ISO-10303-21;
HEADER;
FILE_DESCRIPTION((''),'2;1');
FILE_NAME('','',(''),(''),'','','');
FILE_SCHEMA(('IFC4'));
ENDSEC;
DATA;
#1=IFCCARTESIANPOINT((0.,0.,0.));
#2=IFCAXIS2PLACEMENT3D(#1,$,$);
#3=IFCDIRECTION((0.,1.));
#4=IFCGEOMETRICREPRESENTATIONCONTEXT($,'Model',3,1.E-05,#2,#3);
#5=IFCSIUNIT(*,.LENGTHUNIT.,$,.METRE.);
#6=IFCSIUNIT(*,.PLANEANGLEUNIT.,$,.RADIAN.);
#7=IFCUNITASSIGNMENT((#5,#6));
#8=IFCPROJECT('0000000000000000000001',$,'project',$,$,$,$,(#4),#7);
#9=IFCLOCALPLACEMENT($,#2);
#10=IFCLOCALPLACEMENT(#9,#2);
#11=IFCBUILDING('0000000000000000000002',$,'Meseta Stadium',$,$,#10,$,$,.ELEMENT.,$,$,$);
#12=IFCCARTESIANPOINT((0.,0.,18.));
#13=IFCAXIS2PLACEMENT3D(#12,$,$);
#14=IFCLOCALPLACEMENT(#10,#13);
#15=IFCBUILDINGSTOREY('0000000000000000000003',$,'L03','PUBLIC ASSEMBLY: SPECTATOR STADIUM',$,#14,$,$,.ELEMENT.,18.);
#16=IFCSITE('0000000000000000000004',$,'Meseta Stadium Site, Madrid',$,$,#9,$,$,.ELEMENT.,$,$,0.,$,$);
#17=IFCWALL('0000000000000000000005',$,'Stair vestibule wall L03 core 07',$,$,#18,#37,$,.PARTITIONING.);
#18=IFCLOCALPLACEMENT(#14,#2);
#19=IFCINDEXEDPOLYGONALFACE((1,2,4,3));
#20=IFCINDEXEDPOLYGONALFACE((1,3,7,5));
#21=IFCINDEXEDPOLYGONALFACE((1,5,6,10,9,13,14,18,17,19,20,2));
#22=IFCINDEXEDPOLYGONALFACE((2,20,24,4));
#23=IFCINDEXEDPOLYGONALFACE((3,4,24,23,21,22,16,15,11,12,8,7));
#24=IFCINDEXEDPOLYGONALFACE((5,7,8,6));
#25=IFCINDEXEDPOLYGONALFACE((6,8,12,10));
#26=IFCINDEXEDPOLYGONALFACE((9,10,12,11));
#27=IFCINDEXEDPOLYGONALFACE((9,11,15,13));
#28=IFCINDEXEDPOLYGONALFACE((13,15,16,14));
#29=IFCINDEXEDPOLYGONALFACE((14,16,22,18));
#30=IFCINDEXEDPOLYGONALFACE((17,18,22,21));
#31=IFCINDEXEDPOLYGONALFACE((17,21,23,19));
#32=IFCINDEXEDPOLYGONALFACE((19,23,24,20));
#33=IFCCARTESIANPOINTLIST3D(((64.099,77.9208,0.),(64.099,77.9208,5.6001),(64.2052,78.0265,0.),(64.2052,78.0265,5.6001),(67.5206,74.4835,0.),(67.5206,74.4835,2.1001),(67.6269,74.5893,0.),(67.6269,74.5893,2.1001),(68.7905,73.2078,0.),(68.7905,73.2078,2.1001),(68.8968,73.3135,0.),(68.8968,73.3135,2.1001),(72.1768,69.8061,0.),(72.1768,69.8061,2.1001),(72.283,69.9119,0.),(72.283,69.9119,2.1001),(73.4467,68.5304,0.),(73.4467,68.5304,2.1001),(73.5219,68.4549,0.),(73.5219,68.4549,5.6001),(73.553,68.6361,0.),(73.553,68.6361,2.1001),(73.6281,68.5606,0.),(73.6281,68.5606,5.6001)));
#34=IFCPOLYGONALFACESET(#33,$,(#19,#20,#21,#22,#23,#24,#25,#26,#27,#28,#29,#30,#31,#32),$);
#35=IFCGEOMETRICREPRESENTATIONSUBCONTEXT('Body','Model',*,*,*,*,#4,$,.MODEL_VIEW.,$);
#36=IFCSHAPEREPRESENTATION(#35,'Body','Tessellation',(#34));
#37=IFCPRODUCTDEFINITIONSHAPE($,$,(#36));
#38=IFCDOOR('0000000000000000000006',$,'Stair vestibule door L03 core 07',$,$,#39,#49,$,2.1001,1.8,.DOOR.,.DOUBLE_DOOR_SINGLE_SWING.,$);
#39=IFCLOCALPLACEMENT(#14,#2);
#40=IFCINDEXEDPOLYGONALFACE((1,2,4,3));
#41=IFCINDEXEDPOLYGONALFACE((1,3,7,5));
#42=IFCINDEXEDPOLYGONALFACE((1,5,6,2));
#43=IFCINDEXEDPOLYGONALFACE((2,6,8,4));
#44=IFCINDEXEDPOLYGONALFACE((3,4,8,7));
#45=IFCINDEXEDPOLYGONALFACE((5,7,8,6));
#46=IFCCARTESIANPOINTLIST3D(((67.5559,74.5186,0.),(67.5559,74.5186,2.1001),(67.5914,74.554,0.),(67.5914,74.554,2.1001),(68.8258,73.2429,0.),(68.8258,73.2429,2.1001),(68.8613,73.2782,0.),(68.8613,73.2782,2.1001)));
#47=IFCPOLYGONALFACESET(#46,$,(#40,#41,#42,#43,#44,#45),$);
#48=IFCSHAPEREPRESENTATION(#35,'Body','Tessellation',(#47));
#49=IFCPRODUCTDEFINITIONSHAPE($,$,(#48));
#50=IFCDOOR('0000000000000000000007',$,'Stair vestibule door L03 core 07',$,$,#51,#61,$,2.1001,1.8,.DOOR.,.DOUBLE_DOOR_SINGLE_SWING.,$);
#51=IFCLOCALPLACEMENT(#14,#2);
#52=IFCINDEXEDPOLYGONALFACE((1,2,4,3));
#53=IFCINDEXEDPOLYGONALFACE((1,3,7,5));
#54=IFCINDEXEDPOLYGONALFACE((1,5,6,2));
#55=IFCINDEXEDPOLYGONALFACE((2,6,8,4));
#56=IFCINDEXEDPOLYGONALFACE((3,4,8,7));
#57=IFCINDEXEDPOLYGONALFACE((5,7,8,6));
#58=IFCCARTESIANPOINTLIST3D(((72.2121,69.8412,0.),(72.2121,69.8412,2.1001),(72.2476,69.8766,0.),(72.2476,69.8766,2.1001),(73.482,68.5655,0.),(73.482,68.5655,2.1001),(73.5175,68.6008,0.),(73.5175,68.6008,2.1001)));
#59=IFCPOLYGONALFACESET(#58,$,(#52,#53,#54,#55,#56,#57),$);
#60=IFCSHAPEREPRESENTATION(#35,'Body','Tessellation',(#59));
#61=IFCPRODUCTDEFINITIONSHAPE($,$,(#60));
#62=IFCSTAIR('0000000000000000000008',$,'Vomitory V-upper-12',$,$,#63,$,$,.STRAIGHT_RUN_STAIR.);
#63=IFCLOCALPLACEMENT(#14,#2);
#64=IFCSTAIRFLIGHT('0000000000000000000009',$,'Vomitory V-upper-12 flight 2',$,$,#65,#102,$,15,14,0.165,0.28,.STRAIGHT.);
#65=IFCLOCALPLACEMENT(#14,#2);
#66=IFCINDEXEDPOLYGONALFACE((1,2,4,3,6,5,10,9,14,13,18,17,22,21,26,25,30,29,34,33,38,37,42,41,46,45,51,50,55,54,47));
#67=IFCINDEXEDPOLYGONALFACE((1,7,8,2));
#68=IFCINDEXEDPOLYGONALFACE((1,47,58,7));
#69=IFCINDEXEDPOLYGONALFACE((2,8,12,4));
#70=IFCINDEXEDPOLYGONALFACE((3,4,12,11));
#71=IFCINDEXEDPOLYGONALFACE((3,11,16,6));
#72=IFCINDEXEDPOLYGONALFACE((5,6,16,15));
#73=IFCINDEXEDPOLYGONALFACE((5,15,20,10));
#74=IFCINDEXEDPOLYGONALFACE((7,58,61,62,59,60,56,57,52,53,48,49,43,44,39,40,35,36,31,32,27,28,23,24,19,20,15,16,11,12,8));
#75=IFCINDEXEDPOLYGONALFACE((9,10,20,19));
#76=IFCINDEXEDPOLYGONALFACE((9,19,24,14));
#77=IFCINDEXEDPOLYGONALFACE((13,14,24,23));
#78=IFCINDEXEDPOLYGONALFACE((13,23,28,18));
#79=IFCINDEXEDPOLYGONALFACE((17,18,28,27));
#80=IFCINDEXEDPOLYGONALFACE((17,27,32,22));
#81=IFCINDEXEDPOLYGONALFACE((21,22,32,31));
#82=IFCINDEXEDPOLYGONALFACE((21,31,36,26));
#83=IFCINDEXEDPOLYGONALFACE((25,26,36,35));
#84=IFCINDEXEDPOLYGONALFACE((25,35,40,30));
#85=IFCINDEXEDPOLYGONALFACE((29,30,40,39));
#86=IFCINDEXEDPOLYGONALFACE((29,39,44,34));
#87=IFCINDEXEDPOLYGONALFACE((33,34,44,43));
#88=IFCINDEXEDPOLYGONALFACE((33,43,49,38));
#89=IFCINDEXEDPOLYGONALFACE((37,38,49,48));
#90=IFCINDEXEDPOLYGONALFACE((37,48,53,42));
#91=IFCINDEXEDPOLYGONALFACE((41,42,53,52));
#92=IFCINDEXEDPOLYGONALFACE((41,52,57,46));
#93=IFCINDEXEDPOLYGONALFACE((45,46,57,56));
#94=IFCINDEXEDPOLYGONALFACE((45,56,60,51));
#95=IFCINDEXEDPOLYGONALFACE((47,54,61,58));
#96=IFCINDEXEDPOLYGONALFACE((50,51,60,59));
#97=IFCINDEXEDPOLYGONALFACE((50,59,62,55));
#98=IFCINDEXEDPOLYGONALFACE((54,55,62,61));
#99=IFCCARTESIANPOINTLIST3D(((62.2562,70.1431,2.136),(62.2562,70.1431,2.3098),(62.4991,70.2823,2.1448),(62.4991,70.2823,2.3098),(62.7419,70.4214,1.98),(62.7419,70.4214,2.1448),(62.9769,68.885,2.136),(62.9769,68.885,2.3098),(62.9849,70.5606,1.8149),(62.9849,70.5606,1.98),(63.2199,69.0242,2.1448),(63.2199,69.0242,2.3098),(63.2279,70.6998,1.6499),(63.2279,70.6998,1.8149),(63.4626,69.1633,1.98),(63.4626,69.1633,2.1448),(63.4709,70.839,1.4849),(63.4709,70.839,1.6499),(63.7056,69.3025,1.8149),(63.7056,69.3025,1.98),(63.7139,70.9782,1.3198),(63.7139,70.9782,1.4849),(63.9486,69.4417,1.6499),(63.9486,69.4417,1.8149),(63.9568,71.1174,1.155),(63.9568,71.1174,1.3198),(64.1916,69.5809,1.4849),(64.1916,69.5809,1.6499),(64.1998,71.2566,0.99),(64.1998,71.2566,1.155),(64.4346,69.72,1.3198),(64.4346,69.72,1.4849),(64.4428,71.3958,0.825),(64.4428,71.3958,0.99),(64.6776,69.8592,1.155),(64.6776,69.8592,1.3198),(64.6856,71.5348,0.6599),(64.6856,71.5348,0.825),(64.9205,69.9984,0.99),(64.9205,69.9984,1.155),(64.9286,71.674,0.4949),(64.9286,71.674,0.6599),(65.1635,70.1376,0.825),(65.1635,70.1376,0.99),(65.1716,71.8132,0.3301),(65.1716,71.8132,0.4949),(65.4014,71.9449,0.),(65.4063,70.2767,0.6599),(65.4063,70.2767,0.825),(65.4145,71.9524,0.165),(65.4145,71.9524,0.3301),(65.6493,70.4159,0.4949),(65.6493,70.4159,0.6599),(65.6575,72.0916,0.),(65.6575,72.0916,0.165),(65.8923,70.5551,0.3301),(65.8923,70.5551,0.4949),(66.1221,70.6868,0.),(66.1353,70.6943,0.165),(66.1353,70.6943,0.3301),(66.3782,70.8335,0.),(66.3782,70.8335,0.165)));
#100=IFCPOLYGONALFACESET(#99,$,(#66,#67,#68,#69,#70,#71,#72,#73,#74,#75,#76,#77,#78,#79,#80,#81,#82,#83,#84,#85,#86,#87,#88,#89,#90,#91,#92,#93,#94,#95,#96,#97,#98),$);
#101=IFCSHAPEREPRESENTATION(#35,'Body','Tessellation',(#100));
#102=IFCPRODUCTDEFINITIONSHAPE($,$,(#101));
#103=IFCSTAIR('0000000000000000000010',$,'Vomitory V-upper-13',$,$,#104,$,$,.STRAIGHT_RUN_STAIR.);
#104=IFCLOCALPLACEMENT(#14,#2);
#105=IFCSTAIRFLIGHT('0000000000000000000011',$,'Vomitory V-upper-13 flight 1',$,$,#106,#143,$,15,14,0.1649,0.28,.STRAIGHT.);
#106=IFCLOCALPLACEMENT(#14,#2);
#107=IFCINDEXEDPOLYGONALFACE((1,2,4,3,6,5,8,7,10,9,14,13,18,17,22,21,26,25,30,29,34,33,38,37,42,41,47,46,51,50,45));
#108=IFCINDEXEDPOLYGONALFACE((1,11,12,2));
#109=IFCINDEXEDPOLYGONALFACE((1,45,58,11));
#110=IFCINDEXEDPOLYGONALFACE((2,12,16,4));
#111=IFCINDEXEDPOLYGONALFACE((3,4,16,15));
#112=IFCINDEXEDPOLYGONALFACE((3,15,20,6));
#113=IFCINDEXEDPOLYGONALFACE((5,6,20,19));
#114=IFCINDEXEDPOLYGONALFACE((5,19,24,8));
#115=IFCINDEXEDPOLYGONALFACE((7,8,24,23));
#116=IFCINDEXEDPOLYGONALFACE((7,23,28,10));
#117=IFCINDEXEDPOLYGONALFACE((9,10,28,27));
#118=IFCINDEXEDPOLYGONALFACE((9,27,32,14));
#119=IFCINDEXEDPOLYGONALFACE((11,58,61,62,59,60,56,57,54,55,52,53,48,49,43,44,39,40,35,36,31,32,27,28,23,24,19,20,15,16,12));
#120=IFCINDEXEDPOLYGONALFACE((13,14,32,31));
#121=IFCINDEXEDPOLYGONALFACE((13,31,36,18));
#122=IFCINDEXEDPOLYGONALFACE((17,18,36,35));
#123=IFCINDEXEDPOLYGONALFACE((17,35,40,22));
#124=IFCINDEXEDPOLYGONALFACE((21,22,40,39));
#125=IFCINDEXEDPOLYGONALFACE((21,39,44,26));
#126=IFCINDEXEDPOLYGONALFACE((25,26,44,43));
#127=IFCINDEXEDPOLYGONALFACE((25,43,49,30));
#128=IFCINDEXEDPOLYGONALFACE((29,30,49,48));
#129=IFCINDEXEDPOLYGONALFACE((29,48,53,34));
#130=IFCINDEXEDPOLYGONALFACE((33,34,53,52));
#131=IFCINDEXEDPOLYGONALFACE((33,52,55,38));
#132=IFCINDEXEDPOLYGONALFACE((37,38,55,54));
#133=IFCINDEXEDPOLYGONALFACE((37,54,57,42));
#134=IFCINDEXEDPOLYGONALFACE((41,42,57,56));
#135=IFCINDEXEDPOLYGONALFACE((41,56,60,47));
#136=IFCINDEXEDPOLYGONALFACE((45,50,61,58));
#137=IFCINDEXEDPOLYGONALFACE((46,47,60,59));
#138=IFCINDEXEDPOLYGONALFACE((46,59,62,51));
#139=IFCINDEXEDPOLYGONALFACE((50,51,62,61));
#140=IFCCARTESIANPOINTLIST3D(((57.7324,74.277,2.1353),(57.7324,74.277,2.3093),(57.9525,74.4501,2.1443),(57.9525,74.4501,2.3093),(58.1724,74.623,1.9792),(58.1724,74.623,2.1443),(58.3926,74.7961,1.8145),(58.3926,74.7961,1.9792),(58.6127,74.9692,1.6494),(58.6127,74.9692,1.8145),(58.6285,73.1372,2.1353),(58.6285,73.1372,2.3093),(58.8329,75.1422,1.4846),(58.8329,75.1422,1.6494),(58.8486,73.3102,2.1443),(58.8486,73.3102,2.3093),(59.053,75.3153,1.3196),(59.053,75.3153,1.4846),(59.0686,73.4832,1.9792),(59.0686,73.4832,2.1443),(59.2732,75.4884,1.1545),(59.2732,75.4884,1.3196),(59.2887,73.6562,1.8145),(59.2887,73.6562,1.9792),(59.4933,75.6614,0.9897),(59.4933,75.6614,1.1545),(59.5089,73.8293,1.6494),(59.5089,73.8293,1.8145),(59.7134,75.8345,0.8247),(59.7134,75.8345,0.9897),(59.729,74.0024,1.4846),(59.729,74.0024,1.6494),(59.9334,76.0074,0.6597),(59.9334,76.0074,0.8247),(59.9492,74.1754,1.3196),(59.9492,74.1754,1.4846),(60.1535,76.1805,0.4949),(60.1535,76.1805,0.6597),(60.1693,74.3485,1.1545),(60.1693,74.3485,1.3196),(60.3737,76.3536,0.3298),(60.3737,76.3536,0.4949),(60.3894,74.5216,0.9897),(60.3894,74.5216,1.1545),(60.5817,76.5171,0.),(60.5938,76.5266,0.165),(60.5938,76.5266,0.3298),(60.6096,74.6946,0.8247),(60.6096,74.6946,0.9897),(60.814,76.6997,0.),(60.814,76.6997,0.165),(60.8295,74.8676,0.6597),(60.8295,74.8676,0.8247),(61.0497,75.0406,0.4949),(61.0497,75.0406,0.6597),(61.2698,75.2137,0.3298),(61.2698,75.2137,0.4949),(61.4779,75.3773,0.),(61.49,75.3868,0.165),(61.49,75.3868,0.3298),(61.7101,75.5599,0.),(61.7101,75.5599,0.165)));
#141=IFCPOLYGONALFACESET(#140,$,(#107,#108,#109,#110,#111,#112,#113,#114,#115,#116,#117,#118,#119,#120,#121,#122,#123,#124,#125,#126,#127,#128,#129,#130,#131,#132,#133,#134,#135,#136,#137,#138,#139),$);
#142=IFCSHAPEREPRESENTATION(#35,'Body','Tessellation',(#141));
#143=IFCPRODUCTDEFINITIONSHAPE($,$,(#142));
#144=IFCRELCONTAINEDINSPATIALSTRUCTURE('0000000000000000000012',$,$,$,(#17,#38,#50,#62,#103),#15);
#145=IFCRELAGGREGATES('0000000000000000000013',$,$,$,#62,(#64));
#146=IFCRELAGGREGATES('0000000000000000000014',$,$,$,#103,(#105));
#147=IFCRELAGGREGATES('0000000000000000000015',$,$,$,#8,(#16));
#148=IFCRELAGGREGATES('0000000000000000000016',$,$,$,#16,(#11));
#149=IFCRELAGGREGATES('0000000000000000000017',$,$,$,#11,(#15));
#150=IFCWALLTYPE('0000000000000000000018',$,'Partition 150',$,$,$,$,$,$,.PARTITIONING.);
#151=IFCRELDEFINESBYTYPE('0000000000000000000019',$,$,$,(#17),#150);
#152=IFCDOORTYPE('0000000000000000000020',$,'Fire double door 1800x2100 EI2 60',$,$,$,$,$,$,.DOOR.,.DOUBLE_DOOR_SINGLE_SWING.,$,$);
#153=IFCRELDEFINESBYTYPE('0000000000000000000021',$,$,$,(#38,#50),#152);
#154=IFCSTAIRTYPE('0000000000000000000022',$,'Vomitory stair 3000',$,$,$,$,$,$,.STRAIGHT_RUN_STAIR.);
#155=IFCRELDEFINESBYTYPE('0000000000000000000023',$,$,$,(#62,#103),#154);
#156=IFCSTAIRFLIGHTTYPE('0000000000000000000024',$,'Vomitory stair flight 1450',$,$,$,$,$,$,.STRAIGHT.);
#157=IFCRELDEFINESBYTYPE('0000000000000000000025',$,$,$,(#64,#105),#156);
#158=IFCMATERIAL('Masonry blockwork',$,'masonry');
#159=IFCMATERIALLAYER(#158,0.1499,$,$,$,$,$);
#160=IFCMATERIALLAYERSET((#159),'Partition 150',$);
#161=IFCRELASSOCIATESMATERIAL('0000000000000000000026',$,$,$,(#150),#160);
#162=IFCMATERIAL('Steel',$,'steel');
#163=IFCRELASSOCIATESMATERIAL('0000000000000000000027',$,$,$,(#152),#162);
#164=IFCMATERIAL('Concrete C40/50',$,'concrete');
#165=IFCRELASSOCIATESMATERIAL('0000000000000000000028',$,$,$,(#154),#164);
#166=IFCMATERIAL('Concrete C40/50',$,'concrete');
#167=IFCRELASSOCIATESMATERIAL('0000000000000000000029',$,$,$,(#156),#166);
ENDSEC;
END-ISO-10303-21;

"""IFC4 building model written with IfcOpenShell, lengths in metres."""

from ifc_helpers import new_model, si_unit, direction, frame, frame_2d, origin, place, context, subcontext, project, spatial, polyline, rectangle, outline, extrude, material, layer, layer_set, type_object, element, fill, aggregate, save


model = new_model("IFC4")

# Units and contexts
model_context = context("Model", 3, precision=1e-05, world=origin(), true_north=direction((0.0, 1.0)))
body_context = subcontext(model_context, "Body", "Model", "MODEL_VIEW")
ifc_project = project(units=[si_unit("LENGTHUNIT", "METRE"), si_unit("PLANEANGLEUNIT", "RADIAN")], contexts=[model_context])

# Site, building, storey
site_placement = place(None, origin())
site = spatial("IfcSite", under=ifc_project, at=site_placement, Name="Meseta Stadium Site, Madrid", CompositionType="ELEMENT", RefElevation=0.0)
building_placement = place(site_placement, origin())
building = spatial("IfcBuilding", under=site, at=building_placement, Name="Meseta Stadium", CompositionType="ELEMENT")
storey_placement = place(building_placement, frame((0.0, 0.0, 18.0)))
storey = spatial("IfcBuildingStorey", under=building, at=storey_placement, Name="L03", Description="PUBLIC ASSEMBLY: SPECTATOR STADIUM", CompositionType="ELEMENT", Elevation=18.0)

# Wall, openings, doors
ifc_material_1 = material(Name="Masonry blockwork", Category="masonry")
ifc_layer_1 = layer(ifc_material_1, 0.1499)
ifc_layer_set_1 = layer_set([ifc_layer_1], Name="Partition 150")
wall_type = type_object("IfcWallType", Name="Partition 150", PredefinedType="PARTITIONING", material=ifc_layer_set_1)
wall_placement = place(storey_placement, frame((64.1521, 77.9736, 0.0), z_axis=(0.0, 0.0, 1.0), x_axis=(0.705496, -0.708714, 0.0)))
wall = element("IfcWall", 1, at=wall_placement, inside=storey, type_object=wall_type, Name="Stair vestibule wall L03 core 07", PredefinedType="PARTITIONING", context=body_context, shape_type="SweptSolid", body=[
    extrude(rectangle(XDim=13.3564, YDim=0.1499, at=frame_2d((6.6782, 0.0))), origin(), (0.0, 0.0, 1.0), 5.6001),
])
opening_1_placement = place(wall_placement, frame((4.8501, 0.0, 0.0)))
opening_1 = element("IfcOpeningElement", 2, at=opening_1_placement, cuts=wall, PredefinedType="OPENING", context=body_context, shape_type="SweptSolid", body=[
    extrude(rectangle(XDim=1.8, YDim=2.1001, at=frame_2d((0.8999, 1.05))), frame((0.0, 0.085, 0.0), z_axis=(0.0, -1.0, 0.0), x_axis=(1.0, 0.0, 0.0)), (0.0, 0.0, 1.0), 0.1699),
])
opening_2_placement = place(wall_placement, frame((11.45, 0.0, 0.0)))
opening_2 = element("IfcOpeningElement", 3, at=opening_2_placement, cuts=wall, PredefinedType="OPENING", context=body_context, shape_type="SweptSolid", body=[
    extrude(rectangle(XDim=1.8, YDim=2.1001, at=frame_2d((0.8999, 1.05))), frame((0.0, 0.085, 0.0), z_axis=(0.0, -1.0, 0.0), x_axis=(1.0, 0.0, 0.0)), (0.0, 0.0, 1.0), 0.1699),
])
ifc_material_2 = material(Name="Steel", Category="steel")
door_type = type_object("IfcDoorType", Name="Fire double door 1800x2100 EI2 60", OperationType="DOUBLE_DOOR_SINGLE_SWING", PredefinedType="DOOR", material=ifc_material_2)
door_1_placement = place(opening_1_placement, origin())
door_1 = element("IfcDoor", 4, at=door_1_placement, inside=storey, type_object=door_type, Name="Stair vestibule door L03 core 07", OperationType="DOUBLE_DOOR_SINGLE_SWING", OverallHeight=2.1001, OverallWidth=1.8, PredefinedType="DOOR", context=body_context, shape_type="SweptSolid", body=[
    extrude(rectangle(XDim=1.8, YDim=2.1001, at=frame_2d((0.8999, 1.05))), frame((0.0, 0.0249, 0.0), z_axis=(0.0, -1.0, 0.0), x_axis=(1.0, 0.0, 0.0)), (0.0, 0.0, 1.0), 0.05),
])
fill(opening_1, door_1)
door_2_placement = place(opening_2_placement, origin())
door_2 = element("IfcDoor", 5, at=door_2_placement, inside=storey, type_object=door_type, Name="Stair vestibule door L03 core 07", OperationType="DOUBLE_DOOR_SINGLE_SWING", OverallHeight=2.1001, OverallWidth=1.8, PredefinedType="DOOR", context=body_context, shape_type="SweptSolid", body=[
    extrude(rectangle(XDim=1.8, YDim=2.1001, at=frame_2d((0.8999, 1.05))), frame((0.0, 0.0249, 0.0), z_axis=(0.0, -1.0, 0.0), x_axis=(1.0, 0.0, 0.0)), (0.0, 0.0, 1.0), 0.05),
])
fill(opening_2, door_2)

# Stair, stair flight
ifc_material_3 = material(Name="Concrete C40/50", Category="concrete")
stair_type = type_object("IfcStairType", Name="Vomitory stair 3000", PredefinedType="STRAIGHT_RUN_STAIR", material=ifc_material_3)
stair_1_placement = place(storey_placement, origin())
stair_1 = element("IfcStair", 6, at=stair_1_placement, inside=storey, type_object=stair_type, Name="Vomitory V-upper-12", PredefinedType="STRAIGHT_RUN_STAIR")
ifc_material_4 = material(Name="Concrete C40/50", Category="concrete")
stair_flight_type = type_object("IfcStairFlightType", Name="Vomitory stair flight 1450", PredefinedType="STRAIGHT", material=ifc_material_4)
stair_flight_1_placement = place(storey_placement, frame((66.0178, 71.4626, 0.0), z_axis=(0.0, 0.0, 1.0), x_axis=(-0.867712, -0.497068, 0.0)))
stair_flight_1 = element("IfcStairFlight", 7, at=stair_flight_1_placement, type_object=stair_flight_type, Name="Vomitory V-upper-12 flight 2", NumberOfRisers=15, NumberOfTreads=14, PredefinedType="STRAIGHT", RiserHeight=0.165, TreadLength=0.28, context=body_context, shape_type="SweptSolid", body=[
    extrude(outline(polyline([(0.0, 0.0), (0.0, 0.165), (0.28, 0.165), (0.28, 0.3301), (0.5601, 0.3301), (0.5601, 0.4949), (0.8401, 0.4949), (0.8401, 0.6599), (1.1201, 0.6599), (1.1201, 0.825), (1.3999, 0.825), (1.3999, 0.99), (1.6799, 0.99), (1.6799, 1.155), (1.96, 1.155), (1.96, 1.3198), (2.24, 1.3198), (2.24, 1.4849), (2.52, 1.4849), (2.52, 1.6499), (2.8, 1.6499), (2.8, 1.8149), (3.0801, 1.8149), (3.0801, 1.98), (3.3601, 1.98), (3.3601, 2.1448), (3.6399, 2.1448), (3.6399, 2.3098), (3.9199, 2.3098), (3.9199, 2.136), (0.2952, 0.0), (0.0, 0.0)])), frame((0.0, 0.7251, 0.0), z_axis=(0.0, -1.0, 0.0), x_axis=(1.0, 0.0, 0.0)), (0.0, 0.0, 1.0), 1.45),
])
aggregate(stair_1, [stair_flight_1])

# Stair, stair flight
stair_2_placement = place(storey_placement, origin())
stair_2 = element("IfcStair", 8, at=stair_2_placement, inside=storey, type_object=stair_type, Name="Vomitory V-upper-13", PredefinedType="STRAIGHT_RUN_STAIR")
stair_flight_2_placement = place(storey_placement, frame((61.262, 76.1299, 0.0), z_axis=(0.0, 0.0, 1.0), x_axis=(-0.786142, -0.618046, 0.0)))
stair_flight_2 = element("IfcStairFlight", 9, at=stair_flight_2_placement, type_object=stair_flight_type, Name="Vomitory V-upper-13 flight 1", NumberOfRisers=15, NumberOfTreads=14, PredefinedType="STRAIGHT", RiserHeight=0.1649, TreadLength=0.28, context=body_context, shape_type="SweptSolid", body=[
    extrude(outline(polyline([(0.0, 0.0), (0.0, 0.165), (0.28, 0.165), (0.28, 0.3298), (0.5601, 0.3298), (0.5601, 0.4949), (0.8401, 0.4949), (0.8401, 0.6597), (1.1201, 0.6597), (1.1201, 0.8247), (1.3999, 0.8247), (1.3999, 0.9897), (1.6799, 0.9897), (1.6799, 1.1545), (1.96, 1.1545), (1.96, 1.3196), (2.24, 1.3196), (2.24, 1.4846), (2.52, 1.4846), (2.52, 1.6494), (2.8, 1.6494), (2.8, 1.8145), (3.0801, 1.8145), (3.0801, 1.9792), (3.3601, 1.9792), (3.3601, 2.1443), (3.6399, 2.1443), (3.6399, 2.3093), (3.9199, 2.3093), (3.9199, 2.1353), (0.2954, 0.0), (0.0, 0.0)])), frame((0.0, 0.7251, 0.0), z_axis=(0.0, -1.0, 0.0), x_axis=(1.0, 0.0, 0.0)), (0.0, 0.0, 1.0), 1.45),
])
aggregate(stair_2, [stair_flight_2])

save(model, "model.ifc")
